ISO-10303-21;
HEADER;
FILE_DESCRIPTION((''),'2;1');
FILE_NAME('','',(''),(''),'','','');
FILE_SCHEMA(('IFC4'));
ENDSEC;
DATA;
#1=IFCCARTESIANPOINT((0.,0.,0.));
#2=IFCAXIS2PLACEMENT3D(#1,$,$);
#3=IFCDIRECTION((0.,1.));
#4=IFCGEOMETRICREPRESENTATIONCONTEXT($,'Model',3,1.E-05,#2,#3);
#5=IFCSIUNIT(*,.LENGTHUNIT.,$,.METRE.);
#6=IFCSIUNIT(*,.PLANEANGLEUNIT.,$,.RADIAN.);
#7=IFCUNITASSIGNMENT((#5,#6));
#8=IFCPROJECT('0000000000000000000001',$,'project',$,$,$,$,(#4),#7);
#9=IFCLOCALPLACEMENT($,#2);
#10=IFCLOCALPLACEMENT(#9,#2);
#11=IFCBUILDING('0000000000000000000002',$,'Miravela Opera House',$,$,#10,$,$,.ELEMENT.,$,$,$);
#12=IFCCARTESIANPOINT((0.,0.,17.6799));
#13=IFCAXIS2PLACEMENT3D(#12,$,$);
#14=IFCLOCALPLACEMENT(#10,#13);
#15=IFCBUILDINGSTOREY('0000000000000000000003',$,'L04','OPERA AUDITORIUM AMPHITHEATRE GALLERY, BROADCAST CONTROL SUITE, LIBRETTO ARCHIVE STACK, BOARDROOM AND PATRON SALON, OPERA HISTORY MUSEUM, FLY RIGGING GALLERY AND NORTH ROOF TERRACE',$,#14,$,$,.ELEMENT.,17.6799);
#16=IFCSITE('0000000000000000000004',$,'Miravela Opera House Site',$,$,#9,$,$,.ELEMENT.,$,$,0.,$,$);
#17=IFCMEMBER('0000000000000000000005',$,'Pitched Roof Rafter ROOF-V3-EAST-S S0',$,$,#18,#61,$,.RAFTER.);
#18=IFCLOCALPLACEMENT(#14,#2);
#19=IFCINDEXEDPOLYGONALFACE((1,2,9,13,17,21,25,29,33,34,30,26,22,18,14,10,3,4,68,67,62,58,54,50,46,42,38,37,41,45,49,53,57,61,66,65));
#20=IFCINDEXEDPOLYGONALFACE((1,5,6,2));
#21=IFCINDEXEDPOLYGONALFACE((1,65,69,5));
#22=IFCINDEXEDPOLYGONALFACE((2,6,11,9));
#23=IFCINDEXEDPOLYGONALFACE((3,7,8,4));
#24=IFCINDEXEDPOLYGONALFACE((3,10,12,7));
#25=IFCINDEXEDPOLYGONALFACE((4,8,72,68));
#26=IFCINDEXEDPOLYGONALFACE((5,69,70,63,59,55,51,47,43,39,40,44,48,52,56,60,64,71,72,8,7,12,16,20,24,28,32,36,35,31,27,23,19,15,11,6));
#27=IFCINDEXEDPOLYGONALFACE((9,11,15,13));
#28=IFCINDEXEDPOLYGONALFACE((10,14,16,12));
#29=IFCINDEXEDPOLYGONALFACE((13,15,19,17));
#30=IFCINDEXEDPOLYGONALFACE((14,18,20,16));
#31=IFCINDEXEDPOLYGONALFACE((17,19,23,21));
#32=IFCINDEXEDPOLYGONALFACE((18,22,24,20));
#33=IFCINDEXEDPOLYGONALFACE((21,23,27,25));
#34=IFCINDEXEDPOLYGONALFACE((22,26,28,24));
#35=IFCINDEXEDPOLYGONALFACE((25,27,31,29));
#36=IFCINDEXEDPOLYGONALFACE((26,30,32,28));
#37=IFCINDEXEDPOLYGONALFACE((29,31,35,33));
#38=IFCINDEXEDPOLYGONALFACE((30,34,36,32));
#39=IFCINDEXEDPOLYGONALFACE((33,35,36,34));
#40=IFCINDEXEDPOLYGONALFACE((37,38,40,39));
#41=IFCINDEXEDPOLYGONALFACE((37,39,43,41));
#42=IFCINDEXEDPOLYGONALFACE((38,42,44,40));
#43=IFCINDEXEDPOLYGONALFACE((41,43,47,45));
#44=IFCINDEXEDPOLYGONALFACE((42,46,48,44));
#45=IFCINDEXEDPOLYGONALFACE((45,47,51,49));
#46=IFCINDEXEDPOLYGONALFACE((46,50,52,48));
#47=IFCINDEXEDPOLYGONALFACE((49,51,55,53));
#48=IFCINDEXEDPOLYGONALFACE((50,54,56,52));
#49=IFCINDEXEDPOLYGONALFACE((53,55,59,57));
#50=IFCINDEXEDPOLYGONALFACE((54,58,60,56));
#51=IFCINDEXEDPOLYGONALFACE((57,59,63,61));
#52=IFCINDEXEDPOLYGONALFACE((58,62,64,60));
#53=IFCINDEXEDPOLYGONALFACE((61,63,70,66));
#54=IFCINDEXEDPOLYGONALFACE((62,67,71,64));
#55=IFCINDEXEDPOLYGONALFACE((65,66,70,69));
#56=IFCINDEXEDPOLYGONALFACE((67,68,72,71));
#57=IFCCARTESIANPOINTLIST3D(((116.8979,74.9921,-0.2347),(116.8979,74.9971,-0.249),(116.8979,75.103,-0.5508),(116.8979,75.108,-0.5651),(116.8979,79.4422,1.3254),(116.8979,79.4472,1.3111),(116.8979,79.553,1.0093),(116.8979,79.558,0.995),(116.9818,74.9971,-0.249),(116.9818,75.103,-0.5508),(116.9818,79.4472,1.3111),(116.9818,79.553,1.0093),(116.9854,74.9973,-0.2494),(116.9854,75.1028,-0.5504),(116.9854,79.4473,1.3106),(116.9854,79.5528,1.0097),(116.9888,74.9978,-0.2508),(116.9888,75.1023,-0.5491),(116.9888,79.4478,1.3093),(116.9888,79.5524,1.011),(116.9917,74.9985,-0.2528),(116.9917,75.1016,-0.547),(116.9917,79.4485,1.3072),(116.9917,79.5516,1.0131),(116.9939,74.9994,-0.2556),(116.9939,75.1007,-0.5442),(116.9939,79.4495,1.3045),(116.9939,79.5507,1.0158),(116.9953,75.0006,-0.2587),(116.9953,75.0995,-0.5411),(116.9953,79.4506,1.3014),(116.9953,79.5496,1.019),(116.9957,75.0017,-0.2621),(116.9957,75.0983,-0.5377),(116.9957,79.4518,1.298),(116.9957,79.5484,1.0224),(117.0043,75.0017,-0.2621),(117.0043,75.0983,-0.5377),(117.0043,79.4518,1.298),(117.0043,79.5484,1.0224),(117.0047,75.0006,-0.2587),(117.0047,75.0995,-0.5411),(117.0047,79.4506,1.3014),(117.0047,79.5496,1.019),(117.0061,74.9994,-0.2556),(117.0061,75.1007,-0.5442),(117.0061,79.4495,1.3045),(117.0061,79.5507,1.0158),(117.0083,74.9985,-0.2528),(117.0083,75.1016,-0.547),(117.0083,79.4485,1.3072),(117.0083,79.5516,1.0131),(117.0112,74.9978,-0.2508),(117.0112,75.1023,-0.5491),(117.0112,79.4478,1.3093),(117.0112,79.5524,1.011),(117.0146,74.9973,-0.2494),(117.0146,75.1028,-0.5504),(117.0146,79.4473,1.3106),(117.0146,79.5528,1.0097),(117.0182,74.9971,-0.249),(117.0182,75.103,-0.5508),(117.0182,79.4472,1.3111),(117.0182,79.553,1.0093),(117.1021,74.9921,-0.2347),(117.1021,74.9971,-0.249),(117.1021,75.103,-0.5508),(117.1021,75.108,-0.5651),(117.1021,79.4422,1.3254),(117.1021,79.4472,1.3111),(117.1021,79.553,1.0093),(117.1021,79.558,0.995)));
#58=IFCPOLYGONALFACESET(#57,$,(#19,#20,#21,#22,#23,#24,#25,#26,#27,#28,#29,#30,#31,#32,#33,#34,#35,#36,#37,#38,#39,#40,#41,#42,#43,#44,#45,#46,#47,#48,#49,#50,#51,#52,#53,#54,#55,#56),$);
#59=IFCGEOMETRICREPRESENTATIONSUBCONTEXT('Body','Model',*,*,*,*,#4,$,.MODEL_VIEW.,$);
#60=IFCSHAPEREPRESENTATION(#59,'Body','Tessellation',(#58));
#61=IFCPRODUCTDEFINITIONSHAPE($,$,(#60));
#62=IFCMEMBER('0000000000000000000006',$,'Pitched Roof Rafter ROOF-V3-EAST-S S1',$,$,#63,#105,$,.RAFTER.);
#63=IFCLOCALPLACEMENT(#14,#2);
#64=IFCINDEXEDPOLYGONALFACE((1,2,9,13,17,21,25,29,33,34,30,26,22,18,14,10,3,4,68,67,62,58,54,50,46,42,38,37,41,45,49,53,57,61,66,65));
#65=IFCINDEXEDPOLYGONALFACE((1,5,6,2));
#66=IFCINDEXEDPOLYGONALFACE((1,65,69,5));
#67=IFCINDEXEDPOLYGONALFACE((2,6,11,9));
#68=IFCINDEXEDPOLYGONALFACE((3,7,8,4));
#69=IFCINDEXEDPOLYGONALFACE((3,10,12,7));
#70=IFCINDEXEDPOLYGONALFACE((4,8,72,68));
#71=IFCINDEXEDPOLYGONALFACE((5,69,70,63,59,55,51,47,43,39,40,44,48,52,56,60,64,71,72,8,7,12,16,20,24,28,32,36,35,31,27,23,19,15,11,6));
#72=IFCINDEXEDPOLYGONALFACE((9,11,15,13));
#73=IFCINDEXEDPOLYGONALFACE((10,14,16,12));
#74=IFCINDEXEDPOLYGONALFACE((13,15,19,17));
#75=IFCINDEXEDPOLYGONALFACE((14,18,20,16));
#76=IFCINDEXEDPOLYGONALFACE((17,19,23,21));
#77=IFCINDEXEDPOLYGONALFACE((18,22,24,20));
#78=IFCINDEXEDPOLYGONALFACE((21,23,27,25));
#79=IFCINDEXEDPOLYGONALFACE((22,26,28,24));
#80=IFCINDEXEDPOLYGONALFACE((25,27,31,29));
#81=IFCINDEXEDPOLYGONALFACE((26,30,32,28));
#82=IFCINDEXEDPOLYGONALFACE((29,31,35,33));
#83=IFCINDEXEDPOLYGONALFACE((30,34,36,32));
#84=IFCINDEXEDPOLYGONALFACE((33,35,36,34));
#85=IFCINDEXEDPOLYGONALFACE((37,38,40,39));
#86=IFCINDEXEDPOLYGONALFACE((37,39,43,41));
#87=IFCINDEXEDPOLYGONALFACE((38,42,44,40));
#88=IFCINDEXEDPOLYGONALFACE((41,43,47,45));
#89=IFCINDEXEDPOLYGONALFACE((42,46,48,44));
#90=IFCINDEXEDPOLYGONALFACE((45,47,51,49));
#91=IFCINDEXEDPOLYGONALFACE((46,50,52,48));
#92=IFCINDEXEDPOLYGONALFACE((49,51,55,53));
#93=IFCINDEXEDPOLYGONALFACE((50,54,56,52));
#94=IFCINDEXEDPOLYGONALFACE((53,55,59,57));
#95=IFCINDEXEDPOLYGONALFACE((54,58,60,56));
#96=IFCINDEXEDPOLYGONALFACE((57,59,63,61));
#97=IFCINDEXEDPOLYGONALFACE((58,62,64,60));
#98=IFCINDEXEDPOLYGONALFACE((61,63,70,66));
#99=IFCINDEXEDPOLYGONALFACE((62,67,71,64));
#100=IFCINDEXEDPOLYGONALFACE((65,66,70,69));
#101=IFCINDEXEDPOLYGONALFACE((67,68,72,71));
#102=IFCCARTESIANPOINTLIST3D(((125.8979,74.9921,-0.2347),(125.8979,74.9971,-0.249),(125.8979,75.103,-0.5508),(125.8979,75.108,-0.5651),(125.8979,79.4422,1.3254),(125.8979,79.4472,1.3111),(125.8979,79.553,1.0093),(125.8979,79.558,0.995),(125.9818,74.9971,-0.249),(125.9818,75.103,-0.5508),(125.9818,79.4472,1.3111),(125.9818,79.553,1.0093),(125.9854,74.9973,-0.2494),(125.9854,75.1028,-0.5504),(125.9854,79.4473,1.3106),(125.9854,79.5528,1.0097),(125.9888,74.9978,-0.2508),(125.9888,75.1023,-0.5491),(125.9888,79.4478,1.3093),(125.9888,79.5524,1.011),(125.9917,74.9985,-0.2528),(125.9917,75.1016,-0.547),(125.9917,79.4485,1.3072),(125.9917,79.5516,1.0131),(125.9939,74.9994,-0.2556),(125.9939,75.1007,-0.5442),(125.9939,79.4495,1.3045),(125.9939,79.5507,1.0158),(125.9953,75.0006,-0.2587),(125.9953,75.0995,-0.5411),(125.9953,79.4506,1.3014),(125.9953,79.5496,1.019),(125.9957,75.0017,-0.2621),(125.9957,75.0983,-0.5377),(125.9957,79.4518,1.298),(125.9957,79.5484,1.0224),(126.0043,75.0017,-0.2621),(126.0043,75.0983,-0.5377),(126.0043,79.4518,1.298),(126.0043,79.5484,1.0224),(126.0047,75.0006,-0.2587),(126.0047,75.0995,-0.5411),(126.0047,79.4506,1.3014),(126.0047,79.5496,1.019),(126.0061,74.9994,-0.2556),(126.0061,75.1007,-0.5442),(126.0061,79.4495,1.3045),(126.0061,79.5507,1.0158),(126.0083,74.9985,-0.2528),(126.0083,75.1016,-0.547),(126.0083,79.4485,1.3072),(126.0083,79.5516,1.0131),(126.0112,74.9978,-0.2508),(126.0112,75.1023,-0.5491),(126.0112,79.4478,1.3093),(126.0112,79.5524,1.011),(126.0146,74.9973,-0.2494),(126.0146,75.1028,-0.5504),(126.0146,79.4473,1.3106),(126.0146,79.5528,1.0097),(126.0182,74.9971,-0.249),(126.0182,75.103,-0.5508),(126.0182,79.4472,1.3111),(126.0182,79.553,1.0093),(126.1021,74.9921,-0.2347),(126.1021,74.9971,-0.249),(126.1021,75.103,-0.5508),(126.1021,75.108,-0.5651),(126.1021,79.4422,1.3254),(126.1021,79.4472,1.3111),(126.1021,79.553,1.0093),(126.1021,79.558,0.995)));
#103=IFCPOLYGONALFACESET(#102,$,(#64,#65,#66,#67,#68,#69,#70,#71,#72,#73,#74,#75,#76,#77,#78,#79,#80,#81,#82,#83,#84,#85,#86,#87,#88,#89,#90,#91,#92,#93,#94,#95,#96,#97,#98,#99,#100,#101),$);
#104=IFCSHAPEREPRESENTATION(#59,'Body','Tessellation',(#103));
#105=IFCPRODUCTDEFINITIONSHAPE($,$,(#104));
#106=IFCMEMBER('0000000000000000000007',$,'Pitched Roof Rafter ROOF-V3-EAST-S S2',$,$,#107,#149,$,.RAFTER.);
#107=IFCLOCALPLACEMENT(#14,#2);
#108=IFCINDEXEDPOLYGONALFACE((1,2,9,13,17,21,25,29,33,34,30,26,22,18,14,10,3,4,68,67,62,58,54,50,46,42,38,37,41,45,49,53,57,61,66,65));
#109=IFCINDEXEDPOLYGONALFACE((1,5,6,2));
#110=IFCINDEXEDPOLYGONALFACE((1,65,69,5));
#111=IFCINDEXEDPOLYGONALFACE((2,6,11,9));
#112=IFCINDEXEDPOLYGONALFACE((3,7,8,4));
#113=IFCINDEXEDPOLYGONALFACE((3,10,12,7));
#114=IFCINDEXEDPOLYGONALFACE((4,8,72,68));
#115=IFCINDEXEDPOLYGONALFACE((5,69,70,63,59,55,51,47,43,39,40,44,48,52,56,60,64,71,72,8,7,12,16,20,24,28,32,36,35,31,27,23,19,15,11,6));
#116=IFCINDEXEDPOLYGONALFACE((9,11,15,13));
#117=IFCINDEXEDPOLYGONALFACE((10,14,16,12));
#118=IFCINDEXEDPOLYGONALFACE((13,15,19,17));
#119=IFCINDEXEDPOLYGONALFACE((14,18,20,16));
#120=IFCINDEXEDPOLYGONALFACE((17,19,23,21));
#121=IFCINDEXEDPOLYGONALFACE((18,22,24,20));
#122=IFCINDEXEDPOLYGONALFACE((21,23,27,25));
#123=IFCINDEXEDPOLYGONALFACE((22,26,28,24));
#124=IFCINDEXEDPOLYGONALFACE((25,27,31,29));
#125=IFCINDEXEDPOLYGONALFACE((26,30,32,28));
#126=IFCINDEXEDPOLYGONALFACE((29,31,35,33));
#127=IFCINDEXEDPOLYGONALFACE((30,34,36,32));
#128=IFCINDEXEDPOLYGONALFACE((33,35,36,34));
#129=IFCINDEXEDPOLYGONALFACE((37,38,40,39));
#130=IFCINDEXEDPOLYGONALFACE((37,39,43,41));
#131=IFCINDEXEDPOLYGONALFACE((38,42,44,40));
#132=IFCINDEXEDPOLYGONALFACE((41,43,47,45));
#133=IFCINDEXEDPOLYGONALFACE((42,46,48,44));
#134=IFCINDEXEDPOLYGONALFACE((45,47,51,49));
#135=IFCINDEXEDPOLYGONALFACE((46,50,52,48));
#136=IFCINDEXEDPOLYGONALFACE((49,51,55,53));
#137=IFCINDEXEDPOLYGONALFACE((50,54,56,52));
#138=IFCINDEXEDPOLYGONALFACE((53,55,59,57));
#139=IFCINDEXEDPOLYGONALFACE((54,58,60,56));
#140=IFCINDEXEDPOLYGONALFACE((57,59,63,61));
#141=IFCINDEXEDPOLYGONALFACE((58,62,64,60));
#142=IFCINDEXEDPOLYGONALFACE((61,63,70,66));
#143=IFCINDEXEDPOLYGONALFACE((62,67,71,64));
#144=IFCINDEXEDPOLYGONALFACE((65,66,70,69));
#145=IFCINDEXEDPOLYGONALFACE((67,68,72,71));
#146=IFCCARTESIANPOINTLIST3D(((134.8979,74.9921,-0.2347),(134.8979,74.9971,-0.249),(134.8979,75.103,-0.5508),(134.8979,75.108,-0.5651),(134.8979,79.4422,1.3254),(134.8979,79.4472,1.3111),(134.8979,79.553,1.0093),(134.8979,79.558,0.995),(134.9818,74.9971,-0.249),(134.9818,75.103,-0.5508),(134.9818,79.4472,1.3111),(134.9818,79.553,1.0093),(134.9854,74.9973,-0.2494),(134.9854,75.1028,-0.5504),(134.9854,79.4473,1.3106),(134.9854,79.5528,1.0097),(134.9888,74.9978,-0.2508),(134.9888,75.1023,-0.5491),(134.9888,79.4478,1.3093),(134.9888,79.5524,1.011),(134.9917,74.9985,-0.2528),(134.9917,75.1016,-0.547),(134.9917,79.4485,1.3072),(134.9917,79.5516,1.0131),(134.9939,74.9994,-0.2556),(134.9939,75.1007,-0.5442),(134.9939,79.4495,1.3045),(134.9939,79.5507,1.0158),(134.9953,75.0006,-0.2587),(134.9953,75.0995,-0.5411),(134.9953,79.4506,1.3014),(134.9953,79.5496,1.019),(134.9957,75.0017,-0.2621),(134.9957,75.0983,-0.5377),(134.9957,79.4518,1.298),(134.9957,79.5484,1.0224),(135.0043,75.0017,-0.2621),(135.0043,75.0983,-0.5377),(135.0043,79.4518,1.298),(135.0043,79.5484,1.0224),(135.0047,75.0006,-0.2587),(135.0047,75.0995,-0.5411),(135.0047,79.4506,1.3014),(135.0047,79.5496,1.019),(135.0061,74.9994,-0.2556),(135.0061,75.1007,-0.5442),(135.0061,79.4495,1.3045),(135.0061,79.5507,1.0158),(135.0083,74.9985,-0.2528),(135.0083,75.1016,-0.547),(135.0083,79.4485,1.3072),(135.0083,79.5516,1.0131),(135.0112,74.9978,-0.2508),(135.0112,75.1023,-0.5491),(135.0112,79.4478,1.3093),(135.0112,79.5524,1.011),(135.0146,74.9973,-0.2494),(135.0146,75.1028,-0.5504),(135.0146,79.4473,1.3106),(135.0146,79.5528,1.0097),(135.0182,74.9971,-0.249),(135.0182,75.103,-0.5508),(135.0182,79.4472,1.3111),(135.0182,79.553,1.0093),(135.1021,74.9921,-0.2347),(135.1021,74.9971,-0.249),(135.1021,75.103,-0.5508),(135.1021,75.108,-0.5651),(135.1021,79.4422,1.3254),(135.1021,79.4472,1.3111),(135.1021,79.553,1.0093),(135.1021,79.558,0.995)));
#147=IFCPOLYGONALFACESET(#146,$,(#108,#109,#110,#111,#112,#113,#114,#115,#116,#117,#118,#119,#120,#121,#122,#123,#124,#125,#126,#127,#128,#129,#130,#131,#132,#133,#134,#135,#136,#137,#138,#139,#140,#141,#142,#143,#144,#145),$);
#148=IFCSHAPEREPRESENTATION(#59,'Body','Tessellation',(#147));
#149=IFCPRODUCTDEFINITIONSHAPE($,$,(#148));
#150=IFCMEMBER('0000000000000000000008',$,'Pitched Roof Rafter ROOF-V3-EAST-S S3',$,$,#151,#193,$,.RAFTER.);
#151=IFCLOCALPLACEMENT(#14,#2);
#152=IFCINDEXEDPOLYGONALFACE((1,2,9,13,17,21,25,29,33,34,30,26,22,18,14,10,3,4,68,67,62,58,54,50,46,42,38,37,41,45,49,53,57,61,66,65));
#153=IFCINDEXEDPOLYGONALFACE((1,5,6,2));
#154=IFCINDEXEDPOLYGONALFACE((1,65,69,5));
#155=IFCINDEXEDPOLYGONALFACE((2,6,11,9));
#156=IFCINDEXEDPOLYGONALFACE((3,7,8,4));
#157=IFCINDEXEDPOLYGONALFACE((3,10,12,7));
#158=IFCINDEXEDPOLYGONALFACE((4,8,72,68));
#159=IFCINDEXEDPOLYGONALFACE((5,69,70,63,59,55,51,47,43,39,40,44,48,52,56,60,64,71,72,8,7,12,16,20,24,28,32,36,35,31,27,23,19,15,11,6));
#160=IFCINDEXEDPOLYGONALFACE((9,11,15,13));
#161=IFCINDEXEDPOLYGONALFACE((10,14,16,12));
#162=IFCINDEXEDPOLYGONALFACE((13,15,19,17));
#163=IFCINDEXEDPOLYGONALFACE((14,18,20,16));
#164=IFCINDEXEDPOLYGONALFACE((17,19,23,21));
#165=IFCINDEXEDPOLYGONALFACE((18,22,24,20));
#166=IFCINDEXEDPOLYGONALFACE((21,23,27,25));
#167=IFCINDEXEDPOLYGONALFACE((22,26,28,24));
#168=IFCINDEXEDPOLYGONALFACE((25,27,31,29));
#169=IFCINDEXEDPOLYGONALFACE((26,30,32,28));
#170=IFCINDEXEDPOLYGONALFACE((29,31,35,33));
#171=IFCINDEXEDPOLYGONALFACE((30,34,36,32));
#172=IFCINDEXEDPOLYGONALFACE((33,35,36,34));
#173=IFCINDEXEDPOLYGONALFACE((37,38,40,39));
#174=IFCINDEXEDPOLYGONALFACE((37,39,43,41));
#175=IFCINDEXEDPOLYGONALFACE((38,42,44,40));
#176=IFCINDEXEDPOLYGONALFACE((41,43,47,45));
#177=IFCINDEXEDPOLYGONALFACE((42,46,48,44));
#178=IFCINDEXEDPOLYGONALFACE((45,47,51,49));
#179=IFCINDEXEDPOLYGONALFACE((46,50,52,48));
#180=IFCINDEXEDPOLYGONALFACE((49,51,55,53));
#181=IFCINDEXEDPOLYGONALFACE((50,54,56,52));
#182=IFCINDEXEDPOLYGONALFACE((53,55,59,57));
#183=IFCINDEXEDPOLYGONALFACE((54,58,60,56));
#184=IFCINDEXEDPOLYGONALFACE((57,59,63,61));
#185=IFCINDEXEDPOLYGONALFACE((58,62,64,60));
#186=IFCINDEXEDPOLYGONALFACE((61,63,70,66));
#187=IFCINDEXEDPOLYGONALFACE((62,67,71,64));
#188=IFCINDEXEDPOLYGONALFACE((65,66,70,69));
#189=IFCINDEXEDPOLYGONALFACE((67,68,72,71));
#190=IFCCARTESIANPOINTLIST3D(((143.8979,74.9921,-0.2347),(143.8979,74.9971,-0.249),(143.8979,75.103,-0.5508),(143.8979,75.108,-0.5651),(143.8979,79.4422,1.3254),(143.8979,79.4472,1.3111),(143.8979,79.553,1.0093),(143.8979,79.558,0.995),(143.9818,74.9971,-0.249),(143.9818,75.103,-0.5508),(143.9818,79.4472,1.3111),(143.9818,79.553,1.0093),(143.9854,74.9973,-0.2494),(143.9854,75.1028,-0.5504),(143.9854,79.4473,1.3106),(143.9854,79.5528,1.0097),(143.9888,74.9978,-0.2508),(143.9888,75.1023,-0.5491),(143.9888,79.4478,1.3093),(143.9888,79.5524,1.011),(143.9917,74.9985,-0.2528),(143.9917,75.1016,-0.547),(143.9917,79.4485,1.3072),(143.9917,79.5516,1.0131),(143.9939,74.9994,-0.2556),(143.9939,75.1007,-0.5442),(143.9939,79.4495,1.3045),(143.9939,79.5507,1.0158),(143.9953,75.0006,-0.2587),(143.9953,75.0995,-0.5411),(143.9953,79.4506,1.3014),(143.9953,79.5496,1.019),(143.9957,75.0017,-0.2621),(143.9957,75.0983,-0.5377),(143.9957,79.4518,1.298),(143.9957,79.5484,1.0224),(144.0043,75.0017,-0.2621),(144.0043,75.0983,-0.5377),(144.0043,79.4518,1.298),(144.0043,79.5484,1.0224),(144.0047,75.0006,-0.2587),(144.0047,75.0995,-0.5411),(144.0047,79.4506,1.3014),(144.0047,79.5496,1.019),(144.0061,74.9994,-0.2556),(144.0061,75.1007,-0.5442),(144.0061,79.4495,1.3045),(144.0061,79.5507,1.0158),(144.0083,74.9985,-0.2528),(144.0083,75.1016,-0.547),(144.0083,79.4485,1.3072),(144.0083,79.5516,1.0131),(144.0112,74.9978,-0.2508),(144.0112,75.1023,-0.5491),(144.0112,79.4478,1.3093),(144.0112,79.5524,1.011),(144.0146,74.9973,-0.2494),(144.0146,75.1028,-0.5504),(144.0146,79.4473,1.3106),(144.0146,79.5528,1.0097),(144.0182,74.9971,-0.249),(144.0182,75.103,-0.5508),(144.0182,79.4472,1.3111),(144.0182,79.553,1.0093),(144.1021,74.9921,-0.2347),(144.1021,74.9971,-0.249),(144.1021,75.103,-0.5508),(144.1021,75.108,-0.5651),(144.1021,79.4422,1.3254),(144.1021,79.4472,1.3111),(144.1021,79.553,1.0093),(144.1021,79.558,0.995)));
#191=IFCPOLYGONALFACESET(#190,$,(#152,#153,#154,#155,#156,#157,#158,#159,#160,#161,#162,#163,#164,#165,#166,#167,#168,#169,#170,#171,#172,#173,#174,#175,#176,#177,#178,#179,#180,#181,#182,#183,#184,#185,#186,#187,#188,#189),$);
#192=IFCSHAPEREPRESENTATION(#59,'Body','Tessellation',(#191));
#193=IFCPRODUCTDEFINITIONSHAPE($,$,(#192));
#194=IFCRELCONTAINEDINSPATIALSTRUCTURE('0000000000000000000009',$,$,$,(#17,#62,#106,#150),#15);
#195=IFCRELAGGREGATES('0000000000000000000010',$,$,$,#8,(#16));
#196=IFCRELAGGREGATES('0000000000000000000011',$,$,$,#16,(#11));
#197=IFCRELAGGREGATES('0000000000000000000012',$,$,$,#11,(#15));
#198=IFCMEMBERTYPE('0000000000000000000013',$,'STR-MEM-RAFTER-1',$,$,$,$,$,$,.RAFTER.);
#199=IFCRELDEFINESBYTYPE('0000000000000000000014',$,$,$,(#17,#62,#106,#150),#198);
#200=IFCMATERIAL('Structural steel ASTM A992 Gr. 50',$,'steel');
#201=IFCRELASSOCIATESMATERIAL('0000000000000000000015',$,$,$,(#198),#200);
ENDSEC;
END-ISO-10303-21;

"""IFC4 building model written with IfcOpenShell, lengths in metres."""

from ifc_helpers import new_model, si_unit, direction, frame, origin, origin_2d, place, context, subcontext, project, spatial, i_section, extrude, material, material_profile, profile_set, type_object, element, save


model = new_model("IFC4")

# Units and contexts
model_context = context("Model", 3, precision=1e-05, world=origin(), true_north=direction((0.0, 1.0)))
body_context = subcontext(model_context, "Body", "Model", "MODEL_VIEW")
ifc_project = project(units=[si_unit("LENGTHUNIT", "METRE"), si_unit("PLANEANGLEUNIT", "RADIAN")], contexts=[model_context])

# Site, building, storey
site_placement = place(None, origin())
site = spatial("IfcSite", under=ifc_project, at=site_placement, Name="Miravela Opera House Site", CompositionType="ELEMENT", RefElevation=0.0)
building_placement = place(site_placement, origin())
building = spatial("IfcBuilding", under=site, at=building_placement, Name="Miravela Opera House", CompositionType="ELEMENT")
storey_placement = place(building_placement, frame((0.0, 0.0, 17.6799)))
storey = spatial("IfcBuildingStorey", under=building, at=storey_placement, Name="L04", Description="OPERA AUDITORIUM AMPHITHEATRE GALLERY, BROADCAST CONTROL SUITE, LIBRETTO ARCHIVE STACK, BOARDROOM AND PATRON SALON, OPERA HISTORY MUSEUM, FLY RIGGING GALLERY AND NORTH ROOF TERRACE", CompositionType="ELEMENT", Elevation=17.6799)

# Shared definitions
ifc_material_1 = material(Name="Structural steel ASTM A992 Gr. 50", Category="steel")

# Members
ifc_material_profile_1 = material_profile(ifc_material_1, i_section(OverallWidth=0.2041, OverallDepth=0.3501, WebThickness=0.0085, FlangeThickness=0.0151, FilletRadius=0.0139, at=origin_2d()), Name="W360X72")
ifc_profile_set_1 = profile_set([ifc_material_profile_1])
member_type_1 = type_object("IfcMemberType", Name="STR-MEM-RAFTER-1", PredefinedType="RAFTER", material=ifc_profile_set_1)
for number, where, z_axis, x_axis, name in (
    (1, (117.0, 75.05, -0.3999), (0.0, 0.943688, 0.330837), (-1.0, 0.0, 0.0), "Pitched Roof Rafter ROOF-V3-EAST-S S0"),
    (2, (126.0, 75.05, -0.3999), (0.0, 0.943688, 0.330837), (-1.0, 0.0, 0.0), "Pitched Roof Rafter ROOF-V3-EAST-S S1"),
    (3, (135.0, 75.05, -0.3999), (0.0, 0.943688, 0.330837), (-1.0, 0.0, 0.0), "Pitched Roof Rafter ROOF-V3-EAST-S S2"),
    (4, (144.0, 75.05, -0.3999), (0.0, 0.943688, 0.330837), (-1.0, 0.0, 0.0), "Pitched Roof Rafter ROOF-V3-EAST-S S3"),
):
    element("IfcMember", number, at=place(storey_placement, frame(where, z_axis=z_axis, x_axis=x_axis)), inside=storey, type_object=member_type_1, Name=name, PredefinedType="RAFTER", context=body_context, shape_type="SweptSolid", body=[
        extrude(i_section(OverallWidth=0.2041, OverallDepth=0.3501, WebThickness=0.0085, FlangeThickness=0.0151, FilletRadius=0.0139, at=origin_2d()), origin(), (0.0, 0.0, 1.0), 4.7156),
    ])

save(model, "model.ifc")
